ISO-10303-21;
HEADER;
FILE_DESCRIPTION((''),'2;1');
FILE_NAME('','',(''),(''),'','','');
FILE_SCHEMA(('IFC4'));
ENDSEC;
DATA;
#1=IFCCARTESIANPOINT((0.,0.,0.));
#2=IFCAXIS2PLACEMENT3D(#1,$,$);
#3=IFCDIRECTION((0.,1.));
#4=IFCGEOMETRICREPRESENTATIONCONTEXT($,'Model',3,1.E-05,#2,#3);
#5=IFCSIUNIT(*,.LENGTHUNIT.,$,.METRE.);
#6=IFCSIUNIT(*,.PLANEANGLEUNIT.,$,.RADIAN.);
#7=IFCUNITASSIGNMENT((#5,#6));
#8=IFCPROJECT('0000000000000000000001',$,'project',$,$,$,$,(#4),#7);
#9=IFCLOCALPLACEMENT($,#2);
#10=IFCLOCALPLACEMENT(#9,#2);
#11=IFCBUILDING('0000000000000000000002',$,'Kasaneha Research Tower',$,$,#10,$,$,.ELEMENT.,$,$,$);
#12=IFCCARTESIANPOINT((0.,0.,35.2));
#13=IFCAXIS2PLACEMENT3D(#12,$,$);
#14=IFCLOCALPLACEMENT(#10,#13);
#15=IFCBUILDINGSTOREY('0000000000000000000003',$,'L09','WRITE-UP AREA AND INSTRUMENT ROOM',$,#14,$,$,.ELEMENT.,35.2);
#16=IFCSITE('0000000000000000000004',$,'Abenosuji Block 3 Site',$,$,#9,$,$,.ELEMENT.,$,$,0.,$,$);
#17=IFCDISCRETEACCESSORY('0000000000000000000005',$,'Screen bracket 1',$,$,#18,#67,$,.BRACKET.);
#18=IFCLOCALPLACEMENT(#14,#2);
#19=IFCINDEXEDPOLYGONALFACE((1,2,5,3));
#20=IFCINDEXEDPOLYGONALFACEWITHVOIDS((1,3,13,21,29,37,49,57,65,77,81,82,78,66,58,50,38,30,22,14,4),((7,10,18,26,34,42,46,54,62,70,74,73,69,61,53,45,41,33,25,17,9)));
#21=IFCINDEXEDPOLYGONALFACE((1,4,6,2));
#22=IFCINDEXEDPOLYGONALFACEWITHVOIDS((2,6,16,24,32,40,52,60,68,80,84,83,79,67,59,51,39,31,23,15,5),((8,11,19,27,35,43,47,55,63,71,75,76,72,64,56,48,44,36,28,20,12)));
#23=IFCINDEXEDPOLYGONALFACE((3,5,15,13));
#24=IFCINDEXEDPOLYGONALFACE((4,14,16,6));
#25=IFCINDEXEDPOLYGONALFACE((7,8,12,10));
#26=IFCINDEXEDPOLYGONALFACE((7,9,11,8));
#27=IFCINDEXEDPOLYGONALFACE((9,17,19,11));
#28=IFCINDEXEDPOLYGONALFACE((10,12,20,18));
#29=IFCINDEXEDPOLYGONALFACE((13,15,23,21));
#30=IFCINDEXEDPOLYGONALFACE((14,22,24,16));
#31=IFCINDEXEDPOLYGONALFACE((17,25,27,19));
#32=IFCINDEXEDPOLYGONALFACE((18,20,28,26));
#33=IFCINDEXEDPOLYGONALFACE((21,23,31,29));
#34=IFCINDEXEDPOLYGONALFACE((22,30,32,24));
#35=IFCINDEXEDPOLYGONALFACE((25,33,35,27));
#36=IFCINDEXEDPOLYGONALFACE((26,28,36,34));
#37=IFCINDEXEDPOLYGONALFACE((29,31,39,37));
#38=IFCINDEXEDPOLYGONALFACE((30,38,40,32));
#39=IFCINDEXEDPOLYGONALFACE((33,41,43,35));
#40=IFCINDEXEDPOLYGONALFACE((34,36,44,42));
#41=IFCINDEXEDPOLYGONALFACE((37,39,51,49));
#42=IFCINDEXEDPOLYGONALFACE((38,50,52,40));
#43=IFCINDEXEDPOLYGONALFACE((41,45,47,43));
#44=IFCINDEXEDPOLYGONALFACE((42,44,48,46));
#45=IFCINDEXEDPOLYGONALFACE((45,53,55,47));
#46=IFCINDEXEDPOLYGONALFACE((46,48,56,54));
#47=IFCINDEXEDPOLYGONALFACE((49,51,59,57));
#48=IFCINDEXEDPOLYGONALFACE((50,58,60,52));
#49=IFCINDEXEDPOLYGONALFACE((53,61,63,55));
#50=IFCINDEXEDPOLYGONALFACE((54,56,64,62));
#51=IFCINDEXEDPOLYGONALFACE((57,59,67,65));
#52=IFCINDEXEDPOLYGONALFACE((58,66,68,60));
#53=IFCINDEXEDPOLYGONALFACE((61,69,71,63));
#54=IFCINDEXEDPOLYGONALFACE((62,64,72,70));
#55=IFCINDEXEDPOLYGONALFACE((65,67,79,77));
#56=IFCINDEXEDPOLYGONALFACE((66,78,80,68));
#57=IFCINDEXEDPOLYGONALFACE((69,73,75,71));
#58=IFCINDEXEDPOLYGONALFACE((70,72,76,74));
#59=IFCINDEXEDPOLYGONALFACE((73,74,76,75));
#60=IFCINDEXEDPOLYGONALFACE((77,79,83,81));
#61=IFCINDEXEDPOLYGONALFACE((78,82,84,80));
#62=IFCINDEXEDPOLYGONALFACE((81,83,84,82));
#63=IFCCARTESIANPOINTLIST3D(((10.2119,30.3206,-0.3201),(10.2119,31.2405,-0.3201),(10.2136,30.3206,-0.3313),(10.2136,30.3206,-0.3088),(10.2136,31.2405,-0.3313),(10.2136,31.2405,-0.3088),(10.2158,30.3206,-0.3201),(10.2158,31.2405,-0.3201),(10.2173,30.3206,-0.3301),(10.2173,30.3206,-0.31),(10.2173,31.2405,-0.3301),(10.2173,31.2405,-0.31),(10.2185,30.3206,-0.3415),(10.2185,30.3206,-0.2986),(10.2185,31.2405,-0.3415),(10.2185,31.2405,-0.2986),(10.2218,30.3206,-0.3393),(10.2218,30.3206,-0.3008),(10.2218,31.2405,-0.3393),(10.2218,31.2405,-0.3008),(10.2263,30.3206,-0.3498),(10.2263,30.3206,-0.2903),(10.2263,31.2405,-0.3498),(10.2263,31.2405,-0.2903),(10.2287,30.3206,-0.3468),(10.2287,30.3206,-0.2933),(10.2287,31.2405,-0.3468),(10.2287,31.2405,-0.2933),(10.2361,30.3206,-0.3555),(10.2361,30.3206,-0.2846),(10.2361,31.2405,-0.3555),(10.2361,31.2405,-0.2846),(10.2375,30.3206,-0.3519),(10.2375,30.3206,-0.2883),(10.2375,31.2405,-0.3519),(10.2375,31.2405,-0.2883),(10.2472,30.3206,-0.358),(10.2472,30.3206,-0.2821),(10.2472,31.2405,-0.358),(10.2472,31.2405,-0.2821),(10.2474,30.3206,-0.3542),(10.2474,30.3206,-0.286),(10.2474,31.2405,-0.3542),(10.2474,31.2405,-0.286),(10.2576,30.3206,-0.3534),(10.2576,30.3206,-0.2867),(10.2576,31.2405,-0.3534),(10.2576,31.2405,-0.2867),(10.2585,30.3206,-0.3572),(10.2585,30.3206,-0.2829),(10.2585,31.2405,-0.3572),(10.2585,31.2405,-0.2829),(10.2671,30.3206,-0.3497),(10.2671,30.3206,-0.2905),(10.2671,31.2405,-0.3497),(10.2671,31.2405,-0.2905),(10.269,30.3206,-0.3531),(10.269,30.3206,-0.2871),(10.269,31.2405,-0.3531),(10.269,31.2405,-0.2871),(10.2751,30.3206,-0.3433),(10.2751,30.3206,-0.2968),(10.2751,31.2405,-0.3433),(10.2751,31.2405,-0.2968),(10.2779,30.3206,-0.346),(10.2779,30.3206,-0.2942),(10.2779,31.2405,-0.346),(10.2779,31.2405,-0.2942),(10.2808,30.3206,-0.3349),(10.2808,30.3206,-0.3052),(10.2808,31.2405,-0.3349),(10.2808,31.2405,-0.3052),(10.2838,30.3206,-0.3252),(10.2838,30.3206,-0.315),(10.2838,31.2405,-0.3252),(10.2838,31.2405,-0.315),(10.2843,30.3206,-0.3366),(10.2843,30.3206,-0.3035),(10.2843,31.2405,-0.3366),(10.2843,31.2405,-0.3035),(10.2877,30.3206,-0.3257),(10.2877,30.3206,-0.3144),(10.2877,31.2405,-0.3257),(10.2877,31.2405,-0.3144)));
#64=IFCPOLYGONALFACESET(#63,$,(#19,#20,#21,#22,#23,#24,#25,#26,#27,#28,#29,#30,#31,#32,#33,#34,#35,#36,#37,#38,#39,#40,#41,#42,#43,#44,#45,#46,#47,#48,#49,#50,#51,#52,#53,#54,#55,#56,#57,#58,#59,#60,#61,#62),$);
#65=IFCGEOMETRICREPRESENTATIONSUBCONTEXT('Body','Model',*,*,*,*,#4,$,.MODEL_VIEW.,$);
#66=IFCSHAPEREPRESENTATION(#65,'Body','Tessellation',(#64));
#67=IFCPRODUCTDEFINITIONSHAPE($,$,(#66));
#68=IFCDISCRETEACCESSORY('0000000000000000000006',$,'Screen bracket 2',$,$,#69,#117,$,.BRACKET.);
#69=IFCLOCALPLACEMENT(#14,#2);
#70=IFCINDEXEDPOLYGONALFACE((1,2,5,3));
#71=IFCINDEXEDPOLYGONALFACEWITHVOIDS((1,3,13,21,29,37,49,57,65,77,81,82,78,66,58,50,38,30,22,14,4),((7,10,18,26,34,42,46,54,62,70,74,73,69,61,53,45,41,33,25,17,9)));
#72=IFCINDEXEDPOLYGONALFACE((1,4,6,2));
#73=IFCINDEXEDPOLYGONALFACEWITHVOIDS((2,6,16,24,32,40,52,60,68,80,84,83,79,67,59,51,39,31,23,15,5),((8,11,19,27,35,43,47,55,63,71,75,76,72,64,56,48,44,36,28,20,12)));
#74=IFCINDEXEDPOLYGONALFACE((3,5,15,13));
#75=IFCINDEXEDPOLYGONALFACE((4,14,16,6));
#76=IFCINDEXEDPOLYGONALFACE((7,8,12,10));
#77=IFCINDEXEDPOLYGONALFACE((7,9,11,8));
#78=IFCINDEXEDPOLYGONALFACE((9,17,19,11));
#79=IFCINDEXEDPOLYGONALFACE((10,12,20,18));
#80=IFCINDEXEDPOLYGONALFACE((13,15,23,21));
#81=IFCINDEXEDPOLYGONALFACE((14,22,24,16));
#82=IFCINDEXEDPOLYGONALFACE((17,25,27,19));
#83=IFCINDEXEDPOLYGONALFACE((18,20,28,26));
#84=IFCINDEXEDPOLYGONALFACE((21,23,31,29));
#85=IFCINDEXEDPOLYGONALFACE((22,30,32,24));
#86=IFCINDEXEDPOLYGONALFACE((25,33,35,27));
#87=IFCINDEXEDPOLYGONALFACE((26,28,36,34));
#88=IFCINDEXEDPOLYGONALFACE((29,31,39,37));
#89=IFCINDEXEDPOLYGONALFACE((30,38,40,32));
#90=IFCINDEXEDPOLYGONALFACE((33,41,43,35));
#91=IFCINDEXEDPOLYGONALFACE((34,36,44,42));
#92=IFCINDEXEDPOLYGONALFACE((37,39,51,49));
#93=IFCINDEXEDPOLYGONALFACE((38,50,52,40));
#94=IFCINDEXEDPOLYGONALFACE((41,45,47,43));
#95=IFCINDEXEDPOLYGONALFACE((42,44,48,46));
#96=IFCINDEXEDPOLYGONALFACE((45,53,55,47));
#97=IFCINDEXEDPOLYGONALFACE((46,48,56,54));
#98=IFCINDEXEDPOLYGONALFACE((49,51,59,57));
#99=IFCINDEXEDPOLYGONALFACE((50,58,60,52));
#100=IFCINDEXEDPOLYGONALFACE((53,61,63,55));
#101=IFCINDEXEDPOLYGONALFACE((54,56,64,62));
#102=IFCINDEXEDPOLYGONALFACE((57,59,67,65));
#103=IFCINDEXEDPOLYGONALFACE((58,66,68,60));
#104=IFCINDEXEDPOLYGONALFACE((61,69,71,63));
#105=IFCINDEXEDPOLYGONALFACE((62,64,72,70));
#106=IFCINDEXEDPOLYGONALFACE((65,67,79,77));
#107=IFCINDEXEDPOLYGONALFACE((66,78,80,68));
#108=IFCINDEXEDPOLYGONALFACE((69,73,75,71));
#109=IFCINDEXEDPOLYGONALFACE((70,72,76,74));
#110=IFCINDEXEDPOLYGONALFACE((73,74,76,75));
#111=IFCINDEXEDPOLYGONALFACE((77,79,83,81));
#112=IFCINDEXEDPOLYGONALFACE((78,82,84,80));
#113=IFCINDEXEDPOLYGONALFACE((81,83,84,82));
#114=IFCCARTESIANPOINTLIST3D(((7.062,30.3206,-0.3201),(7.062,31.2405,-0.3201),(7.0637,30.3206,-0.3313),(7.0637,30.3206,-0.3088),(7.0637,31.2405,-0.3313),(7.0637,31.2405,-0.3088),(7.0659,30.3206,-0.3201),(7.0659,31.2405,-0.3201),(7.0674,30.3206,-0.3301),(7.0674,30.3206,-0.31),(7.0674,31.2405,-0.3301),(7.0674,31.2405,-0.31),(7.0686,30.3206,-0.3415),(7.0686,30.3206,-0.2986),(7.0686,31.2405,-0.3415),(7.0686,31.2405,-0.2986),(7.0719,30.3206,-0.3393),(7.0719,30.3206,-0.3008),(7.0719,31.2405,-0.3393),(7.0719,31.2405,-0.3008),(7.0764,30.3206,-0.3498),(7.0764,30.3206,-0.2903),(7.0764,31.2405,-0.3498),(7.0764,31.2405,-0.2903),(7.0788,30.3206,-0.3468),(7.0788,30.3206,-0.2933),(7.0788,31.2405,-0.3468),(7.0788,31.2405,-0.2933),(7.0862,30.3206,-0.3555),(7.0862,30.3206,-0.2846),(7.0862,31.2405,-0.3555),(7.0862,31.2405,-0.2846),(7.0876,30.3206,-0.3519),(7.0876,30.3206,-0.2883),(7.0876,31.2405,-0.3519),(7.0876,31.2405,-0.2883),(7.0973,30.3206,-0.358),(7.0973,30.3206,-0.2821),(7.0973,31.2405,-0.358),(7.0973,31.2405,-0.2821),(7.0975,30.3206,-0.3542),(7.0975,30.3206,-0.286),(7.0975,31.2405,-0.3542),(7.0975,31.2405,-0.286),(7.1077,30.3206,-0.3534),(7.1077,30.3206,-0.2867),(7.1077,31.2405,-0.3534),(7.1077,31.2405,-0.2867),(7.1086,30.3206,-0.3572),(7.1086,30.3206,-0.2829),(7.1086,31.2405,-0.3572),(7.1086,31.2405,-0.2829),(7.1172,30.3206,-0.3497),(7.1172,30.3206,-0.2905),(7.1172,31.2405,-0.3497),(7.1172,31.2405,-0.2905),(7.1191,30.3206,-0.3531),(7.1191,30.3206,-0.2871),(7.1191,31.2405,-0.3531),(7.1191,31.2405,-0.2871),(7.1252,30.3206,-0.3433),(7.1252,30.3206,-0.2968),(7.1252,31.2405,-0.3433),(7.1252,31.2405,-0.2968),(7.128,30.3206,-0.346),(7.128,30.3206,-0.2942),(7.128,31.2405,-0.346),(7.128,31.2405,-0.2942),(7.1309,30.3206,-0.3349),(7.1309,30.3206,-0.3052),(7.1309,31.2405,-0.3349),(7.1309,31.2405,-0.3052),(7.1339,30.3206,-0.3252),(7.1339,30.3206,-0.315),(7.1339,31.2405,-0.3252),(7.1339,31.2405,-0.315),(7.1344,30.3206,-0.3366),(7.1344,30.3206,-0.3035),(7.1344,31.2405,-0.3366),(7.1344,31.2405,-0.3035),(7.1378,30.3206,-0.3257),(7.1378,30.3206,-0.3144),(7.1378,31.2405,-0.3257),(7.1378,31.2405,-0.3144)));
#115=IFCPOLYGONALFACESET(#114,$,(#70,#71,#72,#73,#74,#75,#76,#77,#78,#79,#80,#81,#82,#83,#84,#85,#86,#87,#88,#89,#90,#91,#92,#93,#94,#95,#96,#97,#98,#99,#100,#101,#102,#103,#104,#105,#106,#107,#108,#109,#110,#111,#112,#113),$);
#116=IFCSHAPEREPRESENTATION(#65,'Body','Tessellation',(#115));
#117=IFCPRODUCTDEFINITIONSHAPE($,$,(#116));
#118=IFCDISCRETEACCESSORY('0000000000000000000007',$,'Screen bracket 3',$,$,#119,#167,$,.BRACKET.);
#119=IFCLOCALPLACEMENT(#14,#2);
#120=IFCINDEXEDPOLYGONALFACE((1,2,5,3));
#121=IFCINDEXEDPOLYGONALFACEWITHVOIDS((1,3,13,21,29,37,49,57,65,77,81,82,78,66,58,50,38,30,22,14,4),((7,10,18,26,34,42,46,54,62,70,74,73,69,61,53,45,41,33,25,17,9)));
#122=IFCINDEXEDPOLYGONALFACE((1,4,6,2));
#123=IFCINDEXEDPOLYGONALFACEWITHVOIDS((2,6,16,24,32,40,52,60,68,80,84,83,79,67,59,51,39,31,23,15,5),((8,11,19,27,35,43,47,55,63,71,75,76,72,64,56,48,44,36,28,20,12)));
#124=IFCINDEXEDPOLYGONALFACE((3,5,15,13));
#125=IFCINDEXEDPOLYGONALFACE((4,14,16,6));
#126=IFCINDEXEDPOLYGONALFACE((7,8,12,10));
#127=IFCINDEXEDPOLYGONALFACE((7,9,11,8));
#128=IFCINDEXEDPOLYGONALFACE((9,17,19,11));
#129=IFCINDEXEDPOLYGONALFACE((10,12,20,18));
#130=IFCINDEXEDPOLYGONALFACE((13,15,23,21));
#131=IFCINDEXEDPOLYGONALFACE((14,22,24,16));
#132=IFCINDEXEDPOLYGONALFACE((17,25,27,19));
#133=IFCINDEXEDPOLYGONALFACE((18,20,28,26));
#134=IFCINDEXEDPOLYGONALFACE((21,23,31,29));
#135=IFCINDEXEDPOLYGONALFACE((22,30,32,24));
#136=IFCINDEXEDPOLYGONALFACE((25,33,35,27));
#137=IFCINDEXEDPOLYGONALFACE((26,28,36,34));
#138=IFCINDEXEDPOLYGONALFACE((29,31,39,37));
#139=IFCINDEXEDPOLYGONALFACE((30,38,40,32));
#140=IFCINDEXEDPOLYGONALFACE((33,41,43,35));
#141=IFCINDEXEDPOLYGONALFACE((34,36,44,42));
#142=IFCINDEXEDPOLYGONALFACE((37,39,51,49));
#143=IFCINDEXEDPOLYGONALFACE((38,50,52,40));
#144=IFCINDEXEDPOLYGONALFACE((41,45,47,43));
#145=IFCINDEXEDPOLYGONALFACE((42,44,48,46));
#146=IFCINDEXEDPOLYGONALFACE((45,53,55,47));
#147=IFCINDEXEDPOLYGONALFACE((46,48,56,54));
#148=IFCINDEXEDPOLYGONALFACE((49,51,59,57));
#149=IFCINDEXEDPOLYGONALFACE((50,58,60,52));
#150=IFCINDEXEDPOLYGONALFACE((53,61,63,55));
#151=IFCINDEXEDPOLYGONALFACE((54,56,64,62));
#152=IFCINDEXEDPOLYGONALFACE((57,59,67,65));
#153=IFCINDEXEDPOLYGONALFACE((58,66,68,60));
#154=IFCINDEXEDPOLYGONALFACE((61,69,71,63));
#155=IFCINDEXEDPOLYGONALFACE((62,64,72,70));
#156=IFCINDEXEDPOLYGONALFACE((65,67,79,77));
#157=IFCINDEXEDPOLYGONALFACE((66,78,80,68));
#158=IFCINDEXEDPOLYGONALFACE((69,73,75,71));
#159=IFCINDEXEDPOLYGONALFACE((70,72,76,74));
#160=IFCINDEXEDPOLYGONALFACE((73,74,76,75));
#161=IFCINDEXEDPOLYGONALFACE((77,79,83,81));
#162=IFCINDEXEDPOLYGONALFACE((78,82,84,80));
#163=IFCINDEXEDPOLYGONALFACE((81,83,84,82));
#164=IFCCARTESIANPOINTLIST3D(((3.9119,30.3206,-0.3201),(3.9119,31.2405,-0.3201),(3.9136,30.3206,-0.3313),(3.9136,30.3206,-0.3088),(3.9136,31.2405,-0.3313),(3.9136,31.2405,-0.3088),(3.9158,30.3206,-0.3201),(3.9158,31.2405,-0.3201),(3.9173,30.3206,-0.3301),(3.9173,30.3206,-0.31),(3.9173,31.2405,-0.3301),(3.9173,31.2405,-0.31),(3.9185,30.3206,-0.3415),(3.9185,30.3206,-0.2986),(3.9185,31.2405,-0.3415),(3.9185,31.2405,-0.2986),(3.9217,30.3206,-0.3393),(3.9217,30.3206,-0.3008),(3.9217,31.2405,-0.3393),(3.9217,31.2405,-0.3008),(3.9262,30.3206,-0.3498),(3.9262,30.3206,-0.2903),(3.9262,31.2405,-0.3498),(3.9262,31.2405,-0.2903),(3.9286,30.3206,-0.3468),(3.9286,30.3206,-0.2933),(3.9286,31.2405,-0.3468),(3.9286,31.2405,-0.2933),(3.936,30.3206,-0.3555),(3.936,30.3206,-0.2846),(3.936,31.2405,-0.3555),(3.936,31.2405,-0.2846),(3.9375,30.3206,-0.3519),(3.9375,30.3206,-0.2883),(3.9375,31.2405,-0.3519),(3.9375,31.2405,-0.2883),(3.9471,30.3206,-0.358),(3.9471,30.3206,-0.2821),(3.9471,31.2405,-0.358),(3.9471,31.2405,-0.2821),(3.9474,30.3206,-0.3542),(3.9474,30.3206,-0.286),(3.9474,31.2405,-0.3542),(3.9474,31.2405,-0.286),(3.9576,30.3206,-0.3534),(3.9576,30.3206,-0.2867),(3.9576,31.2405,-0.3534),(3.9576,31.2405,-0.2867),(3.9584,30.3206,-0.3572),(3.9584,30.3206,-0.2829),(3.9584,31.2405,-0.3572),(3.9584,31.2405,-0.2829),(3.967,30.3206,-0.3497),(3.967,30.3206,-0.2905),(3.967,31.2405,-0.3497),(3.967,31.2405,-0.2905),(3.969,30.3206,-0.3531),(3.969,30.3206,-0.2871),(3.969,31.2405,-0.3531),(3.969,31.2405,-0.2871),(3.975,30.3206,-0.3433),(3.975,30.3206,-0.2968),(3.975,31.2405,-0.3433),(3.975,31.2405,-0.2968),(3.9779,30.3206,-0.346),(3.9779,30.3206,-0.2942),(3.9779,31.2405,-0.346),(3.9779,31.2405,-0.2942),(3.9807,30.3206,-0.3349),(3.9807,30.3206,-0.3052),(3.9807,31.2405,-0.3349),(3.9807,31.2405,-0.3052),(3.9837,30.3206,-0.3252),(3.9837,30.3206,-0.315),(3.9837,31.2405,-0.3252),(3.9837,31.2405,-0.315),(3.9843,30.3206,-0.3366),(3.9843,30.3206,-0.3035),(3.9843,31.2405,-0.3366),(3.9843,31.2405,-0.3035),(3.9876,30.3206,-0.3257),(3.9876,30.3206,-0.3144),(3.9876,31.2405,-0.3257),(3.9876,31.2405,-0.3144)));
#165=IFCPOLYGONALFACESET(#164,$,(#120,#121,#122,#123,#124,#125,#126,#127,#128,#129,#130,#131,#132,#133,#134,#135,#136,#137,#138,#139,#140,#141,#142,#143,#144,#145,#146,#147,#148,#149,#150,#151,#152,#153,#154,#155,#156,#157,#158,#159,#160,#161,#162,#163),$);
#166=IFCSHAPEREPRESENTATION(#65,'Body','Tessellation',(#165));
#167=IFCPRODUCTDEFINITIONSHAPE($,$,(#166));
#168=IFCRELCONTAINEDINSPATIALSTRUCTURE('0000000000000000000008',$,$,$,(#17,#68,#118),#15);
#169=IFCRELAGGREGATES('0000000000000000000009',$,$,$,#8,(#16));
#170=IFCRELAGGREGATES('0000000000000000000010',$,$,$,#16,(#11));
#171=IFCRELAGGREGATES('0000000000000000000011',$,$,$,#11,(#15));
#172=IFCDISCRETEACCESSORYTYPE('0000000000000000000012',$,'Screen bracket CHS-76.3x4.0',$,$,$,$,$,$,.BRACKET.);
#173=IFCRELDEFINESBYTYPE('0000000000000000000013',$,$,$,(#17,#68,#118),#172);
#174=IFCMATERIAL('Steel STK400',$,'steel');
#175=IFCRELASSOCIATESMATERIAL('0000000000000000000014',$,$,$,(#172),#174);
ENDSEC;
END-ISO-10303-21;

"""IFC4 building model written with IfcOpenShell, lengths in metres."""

from ifc_helpers import new_model, si_unit, direction, frame, origin, origin_2d, place, context, subcontext, project, spatial, hollow_circle, extrude, material, material_profile, profile_set, type_object, element, save


model = new_model("IFC4")

# Units and contexts
model_context = context("Model", 3, precision=1e-05, world=origin(), true_north=direction((0.0, 1.0)))
body_context = subcontext(model_context, "Body", "Model", "MODEL_VIEW")
ifc_project = project(units=[si_unit("LENGTHUNIT", "METRE"), si_unit("PLANEANGLEUNIT", "RADIAN")], contexts=[model_context])

# Site, building, storey
site_placement = place(None, origin())
site = spatial("IfcSite", under=ifc_project, at=site_placement, Name="Abenosuji Block 3 Site", CompositionType="ELEMENT", RefElevation=0.0)
building_placement = place(site_placement, origin())
building = spatial("IfcBuilding", under=site, at=building_placement, Name="Kasaneha Research Tower", CompositionType="ELEMENT")
storey_placement = place(building_placement, frame((0.0, 0.0, 35.2)))
storey = spatial("IfcBuildingStorey", under=building, at=storey_placement, Name="L09", Description="WRITE-UP AREA AND INSTRUMENT ROOM", CompositionType="ELEMENT", Elevation=35.2)

# Discrete accessories
ifc_material_1 = material(Name="Steel STK400", Category="steel")
ifc_material_profile_1 = material_profile(ifc_material_1, hollow_circle(Radius=0.0381, WallThickness=0.0039, at=origin_2d()), Name="CHS-76.3x4.0")
ifc_profile_set_1 = profile_set([ifc_material_profile_1], Name="Steel STK400")
discrete_accessory_type = type_object("IfcDiscreteAccessoryType", Name="Screen bracket CHS-76.3x4.0", PredefinedType="BRACKET", material=ifc_profile_set_1)
for number, where, z_axis, x_axis, name in (
    (1, (10.25, 30.3206, -0.3201), (0.0, 1.0, 0.0), (-1.0, 0.0, 0.0), "Screen bracket 1"),
    (2, (7.1001, 30.3206, -0.3201), (0.0, 1.0, 0.0), (-1.0, 0.0, 0.0), "Screen bracket 2"),
    (3, (3.95, 30.3206, -0.3201), (0.0, 1.0, 0.0), (-1.0, 0.0, 0.0), "Screen bracket 3"),
):
    element("IfcDiscreteAccessory", number, at=place(storey_placement, frame(where, z_axis=z_axis, x_axis=x_axis)), inside=storey, type_object=discrete_accessory_type, Name=name, PredefinedType="BRACKET", context=body_context, shape_type="SweptSolid", body=[
        extrude(hollow_circle(Radius=0.0381, WallThickness=0.0039, at=origin_2d()), origin(), (0.0, 0.0, 1.0), 0.9199),
    ])

save(model, "model.ifc")
